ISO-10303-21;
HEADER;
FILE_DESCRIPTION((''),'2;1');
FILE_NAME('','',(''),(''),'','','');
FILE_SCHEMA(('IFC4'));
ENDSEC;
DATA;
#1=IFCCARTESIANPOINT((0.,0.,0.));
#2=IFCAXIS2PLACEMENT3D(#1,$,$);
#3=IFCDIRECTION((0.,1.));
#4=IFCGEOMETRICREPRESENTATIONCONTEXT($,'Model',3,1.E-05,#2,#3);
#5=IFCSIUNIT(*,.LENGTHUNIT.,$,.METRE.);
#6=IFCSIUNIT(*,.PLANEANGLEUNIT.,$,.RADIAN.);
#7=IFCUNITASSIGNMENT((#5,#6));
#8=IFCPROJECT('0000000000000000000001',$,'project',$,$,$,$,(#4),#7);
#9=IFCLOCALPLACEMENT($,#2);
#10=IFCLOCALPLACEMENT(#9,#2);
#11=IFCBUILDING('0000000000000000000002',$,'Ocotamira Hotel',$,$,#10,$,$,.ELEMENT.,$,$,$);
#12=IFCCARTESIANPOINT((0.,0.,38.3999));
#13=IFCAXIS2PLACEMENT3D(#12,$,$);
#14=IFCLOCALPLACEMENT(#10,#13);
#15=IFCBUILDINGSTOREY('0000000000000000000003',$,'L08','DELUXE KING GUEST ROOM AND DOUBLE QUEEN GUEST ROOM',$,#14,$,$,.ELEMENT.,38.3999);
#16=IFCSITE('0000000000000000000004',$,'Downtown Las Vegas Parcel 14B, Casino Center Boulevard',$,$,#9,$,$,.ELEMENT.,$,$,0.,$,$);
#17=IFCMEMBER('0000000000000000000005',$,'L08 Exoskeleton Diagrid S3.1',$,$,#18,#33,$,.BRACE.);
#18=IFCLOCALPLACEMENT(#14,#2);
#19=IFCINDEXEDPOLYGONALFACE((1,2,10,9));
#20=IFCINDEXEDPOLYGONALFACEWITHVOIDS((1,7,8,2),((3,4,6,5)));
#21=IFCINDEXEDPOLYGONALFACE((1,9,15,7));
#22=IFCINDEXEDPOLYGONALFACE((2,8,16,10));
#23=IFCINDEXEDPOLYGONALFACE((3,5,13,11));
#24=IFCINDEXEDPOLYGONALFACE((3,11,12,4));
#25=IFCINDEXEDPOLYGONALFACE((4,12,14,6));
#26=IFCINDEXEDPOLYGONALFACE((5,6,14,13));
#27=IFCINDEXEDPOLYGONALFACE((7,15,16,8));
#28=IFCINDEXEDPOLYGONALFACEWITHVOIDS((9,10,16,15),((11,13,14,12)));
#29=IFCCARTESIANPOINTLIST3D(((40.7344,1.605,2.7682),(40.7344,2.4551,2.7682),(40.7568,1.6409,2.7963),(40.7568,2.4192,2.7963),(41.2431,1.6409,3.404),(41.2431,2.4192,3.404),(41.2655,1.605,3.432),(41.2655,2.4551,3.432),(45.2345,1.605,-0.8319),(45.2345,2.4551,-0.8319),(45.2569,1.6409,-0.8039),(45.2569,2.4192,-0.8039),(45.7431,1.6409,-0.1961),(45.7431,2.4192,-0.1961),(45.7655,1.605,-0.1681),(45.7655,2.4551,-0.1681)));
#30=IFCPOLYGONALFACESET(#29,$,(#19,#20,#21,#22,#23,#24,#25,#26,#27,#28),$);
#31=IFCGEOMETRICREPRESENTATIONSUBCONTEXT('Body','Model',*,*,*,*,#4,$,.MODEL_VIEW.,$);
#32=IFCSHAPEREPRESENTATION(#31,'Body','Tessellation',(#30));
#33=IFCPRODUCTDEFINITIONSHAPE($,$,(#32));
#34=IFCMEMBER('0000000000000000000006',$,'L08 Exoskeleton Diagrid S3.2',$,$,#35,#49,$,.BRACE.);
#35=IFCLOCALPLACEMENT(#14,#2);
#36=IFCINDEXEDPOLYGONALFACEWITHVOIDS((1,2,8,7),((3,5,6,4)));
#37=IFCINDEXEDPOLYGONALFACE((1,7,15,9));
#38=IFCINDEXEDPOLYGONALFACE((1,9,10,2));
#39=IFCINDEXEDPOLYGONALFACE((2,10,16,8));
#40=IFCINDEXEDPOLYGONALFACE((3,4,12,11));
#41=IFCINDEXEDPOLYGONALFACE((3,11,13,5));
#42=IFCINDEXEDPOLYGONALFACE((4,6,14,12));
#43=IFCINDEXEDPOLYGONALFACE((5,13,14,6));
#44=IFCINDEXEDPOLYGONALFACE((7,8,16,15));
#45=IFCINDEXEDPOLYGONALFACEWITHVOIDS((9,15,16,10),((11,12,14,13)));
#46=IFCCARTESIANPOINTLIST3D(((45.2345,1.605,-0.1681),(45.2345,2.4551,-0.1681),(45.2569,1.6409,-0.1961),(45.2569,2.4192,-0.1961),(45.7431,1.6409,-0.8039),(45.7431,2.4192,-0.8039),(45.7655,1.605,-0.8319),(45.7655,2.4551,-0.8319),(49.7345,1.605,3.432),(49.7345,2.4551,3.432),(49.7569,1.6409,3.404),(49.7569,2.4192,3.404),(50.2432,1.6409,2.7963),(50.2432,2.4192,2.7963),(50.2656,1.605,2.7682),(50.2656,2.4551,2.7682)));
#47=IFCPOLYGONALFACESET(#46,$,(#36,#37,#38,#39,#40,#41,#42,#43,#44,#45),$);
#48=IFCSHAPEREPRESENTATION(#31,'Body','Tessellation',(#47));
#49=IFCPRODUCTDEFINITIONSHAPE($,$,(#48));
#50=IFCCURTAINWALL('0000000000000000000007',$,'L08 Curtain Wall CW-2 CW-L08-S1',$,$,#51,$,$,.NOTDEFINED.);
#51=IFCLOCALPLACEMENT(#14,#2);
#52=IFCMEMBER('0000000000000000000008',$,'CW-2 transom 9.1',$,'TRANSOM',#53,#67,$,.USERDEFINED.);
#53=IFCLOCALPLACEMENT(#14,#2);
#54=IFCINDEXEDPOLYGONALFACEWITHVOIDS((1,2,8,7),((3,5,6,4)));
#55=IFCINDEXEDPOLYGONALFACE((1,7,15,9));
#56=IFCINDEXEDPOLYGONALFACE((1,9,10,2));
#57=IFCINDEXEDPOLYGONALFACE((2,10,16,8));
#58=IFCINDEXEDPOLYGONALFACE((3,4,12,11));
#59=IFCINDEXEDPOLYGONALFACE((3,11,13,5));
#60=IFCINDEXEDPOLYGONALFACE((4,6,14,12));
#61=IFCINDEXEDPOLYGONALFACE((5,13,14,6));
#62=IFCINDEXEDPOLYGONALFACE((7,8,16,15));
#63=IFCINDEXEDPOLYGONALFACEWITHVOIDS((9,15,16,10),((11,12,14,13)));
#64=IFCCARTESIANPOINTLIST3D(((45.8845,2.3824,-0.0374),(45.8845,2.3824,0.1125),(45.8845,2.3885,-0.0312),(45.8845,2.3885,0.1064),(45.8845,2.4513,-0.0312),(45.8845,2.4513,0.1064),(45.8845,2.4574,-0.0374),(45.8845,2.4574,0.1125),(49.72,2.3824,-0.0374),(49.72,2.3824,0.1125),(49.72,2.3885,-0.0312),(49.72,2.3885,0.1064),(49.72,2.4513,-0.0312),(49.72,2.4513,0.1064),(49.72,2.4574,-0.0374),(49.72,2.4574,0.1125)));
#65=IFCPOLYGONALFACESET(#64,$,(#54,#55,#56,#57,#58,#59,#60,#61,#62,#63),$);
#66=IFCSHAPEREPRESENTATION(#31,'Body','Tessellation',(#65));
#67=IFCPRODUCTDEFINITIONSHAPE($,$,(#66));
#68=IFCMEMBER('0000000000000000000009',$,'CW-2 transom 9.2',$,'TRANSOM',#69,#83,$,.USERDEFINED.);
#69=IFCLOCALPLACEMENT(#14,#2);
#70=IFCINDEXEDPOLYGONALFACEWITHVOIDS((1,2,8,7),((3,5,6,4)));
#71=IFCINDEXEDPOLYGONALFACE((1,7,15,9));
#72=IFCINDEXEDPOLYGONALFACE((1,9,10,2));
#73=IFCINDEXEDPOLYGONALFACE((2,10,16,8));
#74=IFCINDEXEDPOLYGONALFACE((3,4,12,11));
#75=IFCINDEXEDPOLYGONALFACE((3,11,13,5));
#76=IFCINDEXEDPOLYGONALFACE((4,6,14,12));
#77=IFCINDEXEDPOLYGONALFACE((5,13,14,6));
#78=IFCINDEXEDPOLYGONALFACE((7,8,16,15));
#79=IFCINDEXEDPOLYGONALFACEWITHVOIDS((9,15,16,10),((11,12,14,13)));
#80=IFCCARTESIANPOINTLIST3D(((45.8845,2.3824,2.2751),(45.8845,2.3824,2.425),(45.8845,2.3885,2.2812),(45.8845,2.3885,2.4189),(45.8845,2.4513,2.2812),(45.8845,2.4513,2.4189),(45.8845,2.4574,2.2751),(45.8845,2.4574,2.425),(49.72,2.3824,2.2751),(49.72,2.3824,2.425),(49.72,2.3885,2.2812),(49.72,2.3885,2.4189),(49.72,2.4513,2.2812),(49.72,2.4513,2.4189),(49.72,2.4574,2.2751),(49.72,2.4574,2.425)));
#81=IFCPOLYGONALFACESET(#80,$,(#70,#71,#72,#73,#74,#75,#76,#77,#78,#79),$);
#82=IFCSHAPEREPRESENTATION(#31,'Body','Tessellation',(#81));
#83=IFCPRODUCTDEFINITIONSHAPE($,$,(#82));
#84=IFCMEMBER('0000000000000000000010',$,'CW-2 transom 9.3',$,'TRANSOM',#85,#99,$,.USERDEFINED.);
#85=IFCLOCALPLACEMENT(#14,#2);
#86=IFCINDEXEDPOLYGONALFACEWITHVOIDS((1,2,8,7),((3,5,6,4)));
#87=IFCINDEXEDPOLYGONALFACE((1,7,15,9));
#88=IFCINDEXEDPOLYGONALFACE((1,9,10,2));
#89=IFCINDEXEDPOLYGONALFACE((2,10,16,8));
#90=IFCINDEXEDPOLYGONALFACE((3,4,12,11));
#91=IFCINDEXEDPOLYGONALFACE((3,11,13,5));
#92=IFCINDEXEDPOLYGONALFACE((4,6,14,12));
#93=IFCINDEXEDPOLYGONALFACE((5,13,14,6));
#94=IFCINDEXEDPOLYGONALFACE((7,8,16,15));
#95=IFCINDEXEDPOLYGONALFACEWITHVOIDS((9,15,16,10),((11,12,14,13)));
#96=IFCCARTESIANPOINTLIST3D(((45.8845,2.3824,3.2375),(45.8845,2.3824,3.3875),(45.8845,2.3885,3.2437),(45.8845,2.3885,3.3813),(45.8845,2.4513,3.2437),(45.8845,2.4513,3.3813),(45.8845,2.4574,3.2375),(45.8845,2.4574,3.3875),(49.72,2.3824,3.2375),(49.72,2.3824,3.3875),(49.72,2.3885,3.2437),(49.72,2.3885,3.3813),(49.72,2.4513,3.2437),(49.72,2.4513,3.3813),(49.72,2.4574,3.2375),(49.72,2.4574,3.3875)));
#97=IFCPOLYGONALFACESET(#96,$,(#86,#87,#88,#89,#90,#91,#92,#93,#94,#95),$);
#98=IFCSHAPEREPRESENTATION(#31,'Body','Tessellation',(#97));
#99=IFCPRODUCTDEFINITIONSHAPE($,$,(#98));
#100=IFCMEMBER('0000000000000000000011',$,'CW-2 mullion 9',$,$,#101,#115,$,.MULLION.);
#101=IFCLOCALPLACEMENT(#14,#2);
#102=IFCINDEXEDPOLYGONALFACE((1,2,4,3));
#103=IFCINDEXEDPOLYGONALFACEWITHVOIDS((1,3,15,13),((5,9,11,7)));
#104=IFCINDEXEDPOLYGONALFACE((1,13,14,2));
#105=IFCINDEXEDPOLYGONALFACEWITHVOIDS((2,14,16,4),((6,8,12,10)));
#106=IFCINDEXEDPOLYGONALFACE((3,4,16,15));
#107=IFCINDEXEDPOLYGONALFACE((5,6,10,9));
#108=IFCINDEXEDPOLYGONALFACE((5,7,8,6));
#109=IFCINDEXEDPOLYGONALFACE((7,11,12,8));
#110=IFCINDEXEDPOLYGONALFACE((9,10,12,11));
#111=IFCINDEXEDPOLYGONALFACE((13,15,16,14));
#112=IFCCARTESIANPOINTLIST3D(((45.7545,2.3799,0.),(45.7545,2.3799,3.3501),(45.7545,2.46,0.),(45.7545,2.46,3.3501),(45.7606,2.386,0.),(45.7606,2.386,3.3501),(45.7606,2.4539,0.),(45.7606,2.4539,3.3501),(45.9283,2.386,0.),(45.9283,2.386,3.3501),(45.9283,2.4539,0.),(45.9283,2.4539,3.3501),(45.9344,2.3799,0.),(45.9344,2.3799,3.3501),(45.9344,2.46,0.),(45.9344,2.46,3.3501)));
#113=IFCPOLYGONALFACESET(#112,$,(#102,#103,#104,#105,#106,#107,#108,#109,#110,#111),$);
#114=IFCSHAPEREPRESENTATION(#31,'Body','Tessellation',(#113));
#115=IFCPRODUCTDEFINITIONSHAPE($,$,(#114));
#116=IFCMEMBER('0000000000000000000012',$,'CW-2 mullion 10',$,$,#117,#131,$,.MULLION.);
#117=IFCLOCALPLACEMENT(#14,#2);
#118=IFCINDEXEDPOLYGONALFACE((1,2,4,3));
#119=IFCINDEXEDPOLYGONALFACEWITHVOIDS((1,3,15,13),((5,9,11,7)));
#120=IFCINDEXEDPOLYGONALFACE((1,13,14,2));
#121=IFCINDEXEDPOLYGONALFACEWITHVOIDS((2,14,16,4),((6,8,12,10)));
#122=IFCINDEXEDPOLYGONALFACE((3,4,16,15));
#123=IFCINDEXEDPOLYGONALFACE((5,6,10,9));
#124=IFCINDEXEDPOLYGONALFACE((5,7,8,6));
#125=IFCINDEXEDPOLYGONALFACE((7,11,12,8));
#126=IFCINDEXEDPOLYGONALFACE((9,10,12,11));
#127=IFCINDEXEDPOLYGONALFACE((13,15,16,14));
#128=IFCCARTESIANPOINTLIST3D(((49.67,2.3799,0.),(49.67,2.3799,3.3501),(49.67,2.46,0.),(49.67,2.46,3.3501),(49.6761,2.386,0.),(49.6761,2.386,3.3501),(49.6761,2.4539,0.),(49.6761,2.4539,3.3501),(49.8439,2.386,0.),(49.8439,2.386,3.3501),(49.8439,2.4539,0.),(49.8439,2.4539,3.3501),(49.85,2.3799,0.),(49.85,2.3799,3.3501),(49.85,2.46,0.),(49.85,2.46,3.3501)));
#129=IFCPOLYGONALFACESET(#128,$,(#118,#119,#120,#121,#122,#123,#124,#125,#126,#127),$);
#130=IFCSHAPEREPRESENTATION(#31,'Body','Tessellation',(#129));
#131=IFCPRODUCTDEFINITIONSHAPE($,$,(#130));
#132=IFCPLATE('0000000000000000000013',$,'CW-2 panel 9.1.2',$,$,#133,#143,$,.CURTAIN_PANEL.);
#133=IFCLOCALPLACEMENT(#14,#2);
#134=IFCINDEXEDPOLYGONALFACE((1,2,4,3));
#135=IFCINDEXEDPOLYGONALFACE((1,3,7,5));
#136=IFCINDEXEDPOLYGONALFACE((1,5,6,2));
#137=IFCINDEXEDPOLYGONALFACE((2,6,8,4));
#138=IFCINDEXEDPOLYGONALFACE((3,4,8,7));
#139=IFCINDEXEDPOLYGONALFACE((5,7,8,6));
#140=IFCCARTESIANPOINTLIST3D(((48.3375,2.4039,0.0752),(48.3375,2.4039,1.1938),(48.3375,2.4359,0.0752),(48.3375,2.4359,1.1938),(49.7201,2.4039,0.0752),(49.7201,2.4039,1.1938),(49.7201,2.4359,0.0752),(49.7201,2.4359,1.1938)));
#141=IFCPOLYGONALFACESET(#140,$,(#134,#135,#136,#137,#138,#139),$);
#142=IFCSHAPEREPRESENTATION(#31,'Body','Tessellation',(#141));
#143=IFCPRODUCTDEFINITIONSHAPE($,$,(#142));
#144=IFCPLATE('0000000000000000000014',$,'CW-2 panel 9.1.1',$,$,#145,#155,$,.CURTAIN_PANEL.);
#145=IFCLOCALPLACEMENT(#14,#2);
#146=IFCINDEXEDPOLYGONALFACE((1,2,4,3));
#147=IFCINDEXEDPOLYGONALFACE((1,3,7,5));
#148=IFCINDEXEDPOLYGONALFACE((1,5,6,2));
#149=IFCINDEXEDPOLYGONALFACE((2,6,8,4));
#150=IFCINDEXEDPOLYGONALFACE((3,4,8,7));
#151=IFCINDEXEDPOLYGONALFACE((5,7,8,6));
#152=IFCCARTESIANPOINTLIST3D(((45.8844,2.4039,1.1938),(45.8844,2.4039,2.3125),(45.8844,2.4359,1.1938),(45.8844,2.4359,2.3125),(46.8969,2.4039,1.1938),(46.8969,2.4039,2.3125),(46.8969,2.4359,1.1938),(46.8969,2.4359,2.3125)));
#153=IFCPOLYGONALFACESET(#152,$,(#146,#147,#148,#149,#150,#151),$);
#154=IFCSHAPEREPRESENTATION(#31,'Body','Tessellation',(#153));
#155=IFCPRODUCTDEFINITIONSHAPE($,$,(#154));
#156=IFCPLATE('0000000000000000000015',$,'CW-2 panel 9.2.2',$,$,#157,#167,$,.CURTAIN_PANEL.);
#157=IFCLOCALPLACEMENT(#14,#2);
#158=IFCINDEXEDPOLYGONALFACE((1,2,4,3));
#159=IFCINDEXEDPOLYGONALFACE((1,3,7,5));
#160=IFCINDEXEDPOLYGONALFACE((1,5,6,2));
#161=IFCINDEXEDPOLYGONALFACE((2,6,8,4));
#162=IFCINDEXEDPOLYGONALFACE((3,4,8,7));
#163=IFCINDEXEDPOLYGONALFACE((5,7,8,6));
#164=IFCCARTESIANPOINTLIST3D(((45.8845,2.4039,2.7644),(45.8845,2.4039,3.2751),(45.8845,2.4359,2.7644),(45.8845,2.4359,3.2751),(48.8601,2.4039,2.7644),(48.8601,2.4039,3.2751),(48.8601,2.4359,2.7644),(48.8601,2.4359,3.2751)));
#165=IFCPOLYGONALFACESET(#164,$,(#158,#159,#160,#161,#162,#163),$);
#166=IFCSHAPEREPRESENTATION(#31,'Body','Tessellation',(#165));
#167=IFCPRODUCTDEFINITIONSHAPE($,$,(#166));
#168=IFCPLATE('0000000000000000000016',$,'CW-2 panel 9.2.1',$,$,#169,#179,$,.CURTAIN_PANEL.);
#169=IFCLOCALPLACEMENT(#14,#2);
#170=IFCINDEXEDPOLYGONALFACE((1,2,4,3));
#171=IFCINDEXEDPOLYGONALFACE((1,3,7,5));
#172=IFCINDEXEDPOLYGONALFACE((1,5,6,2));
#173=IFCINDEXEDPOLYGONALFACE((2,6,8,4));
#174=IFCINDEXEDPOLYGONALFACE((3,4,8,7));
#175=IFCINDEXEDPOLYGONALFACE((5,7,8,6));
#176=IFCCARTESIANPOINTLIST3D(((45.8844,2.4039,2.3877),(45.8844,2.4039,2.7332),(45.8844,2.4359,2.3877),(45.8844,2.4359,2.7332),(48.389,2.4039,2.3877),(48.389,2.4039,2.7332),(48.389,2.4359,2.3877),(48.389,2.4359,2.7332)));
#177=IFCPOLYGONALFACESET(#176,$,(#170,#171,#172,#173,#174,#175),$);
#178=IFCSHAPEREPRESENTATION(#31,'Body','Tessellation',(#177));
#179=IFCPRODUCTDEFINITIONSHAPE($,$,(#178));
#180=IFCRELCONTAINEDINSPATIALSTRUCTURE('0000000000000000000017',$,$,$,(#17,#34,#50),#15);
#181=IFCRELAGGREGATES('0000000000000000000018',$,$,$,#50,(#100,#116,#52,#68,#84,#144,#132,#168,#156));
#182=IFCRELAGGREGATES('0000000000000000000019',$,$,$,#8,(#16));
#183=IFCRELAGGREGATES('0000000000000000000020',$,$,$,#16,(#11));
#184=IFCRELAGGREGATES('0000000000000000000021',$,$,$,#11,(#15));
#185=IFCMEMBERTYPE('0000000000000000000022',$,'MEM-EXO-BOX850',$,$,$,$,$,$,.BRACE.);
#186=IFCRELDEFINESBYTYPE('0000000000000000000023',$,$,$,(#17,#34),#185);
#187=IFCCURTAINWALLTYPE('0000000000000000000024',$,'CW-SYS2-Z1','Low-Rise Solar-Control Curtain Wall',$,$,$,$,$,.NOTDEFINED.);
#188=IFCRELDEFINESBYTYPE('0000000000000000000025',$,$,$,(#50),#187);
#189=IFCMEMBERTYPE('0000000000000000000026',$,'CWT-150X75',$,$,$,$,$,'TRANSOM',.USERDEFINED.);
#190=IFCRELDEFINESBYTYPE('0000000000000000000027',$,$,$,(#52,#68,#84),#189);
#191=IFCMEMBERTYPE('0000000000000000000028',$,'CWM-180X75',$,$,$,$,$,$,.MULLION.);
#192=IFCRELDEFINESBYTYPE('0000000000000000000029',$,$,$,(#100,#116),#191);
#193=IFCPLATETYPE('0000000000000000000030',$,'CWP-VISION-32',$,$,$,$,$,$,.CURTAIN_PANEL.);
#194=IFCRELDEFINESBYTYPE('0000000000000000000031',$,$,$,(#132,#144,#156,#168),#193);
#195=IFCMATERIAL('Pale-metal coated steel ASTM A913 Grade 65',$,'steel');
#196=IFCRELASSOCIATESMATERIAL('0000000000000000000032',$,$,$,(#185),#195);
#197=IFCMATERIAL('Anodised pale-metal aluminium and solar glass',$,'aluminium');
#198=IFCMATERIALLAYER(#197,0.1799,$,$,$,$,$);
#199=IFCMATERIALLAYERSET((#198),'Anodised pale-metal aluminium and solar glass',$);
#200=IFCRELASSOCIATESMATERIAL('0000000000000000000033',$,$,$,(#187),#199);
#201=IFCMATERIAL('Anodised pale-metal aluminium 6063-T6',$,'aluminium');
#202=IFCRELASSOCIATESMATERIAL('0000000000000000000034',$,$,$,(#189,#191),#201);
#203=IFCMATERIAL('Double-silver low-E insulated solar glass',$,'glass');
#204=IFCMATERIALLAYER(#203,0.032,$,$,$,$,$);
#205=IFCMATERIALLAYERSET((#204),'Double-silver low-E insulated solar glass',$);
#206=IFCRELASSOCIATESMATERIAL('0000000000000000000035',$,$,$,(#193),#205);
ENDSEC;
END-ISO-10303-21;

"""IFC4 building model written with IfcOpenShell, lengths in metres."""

from ifc_helpers import new_model, si_unit, direction, frame, origin, origin_2d, place, context, subcontext, project, spatial, rectangle, hollow_rectangle, extrude, source, transform, mapped, material, layer, layer_set, material_profile, profile_set, type_object, element, aggregate, save


model = new_model("IFC4")

# Units and contexts
model_context = context("Model", 3, precision=1e-05, world=origin(), true_north=direction((0.0, 1.0)))
body_context = subcontext(model_context, "Body", "Model", "MODEL_VIEW")
ifc_project = project(units=[si_unit("LENGTHUNIT", "METRE"), si_unit("PLANEANGLEUNIT", "RADIAN")], contexts=[model_context])

# Site, building, storey
site_placement = place(None, origin())
site = spatial("IfcSite", under=ifc_project, at=site_placement, Name="Downtown Las Vegas Parcel 14B, Casino Center Boulevard", CompositionType="ELEMENT", RefElevation=0.0)
building_placement = place(site_placement, origin())
building = spatial("IfcBuilding", under=site, at=building_placement, Name="Ocotamira Hotel", CompositionType="ELEMENT")
storey_placement = place(building_placement, frame((0.0, 0.0, 38.3999)))
storey = spatial("IfcBuildingStorey", under=building, at=storey_placement, Name="L08", Description="DELUXE KING GUEST ROOM AND DOUBLE QUEEN GUEST ROOM", CompositionType="ELEMENT", Elevation=38.3999)

# Members
ifc_material_1 = material(Name="Pale-metal coated steel ASTM A913 Grade 65", Category="steel")
ifc_material_profile_1 = material_profile(ifc_material_1, hollow_rectangle(XDim=0.8501, YDim=0.8501, WallThickness=0.0359, at=origin_2d()), Name="BOX850X850X36")
ifc_profile_set_1 = profile_set([ifc_material_profile_1], Name="Pale-metal coated steel ASTM A913 Grade 65")
member_type_1 = type_object("IfcMemberType", Name="MEM-EXO-BOX850", PredefinedType="BRACE", material=ifc_profile_set_1)
shared_shape_1 = source(origin(), body_context, "Body", "SweptSolid", [
    extrude(hollow_rectangle(XDim=0.8501, YDim=0.8501, WallThickness=0.0359, at=origin_2d()), origin(), (0.0, 0.0, 1.0), 5.7629),
])
for number, where, z_axis, x_axis, name in (
    (1, (45.5, 2.03, -0.5), (-0.780861, 0.0, 0.624705), (0.0, -1.0, 0.0), "L08 Exoskeleton Diagrid S3.1"),
    (2, (45.5, 2.03, -0.5), (0.780861, 0.0, 0.624705), (0.0, 1.0, 0.0), "L08 Exoskeleton Diagrid S3.2"),
):
    element("IfcMember", number, at=place(storey_placement, frame(where, z_axis=z_axis, x_axis=x_axis)), inside=storey, type_object=member_type_1, Name=name, PredefinedType="BRACE", context=body_context, shape_type="MappedRepresentation", body=[
        mapped(shared_shape_1, transform((0.0, 0.0, 0.0), scale=1.0)),
    ])

# Curtain wall, members, plates
ifc_material_2 = material(Name="Anodised pale-metal aluminium and solar glass", Category="aluminium")
ifc_layer_1 = layer(ifc_material_2, 0.1799)
ifc_layer_set_1 = layer_set([ifc_layer_1], Name="Anodised pale-metal aluminium and solar glass")
curtain_wall_type = type_object("IfcCurtainWallType", Name="CW-SYS2-Z1", Description="Low-Rise Solar-Control Curtain Wall", PredefinedType="NOTDEFINED", material=ifc_layer_set_1)
curtain_wall_placement = place(storey_placement, origin())
curtain_wall = element("IfcCurtainWall", 3, at=curtain_wall_placement, inside=storey, type_object=curtain_wall_type, Name="L08 Curtain Wall CW-2 CW-L08-S1", PredefinedType="NOTDEFINED")
ifc_material_3 = material(Name="Anodised pale-metal aluminium 6063-T6", Category="aluminium")
ifc_material_profile_2 = material_profile(ifc_material_3, hollow_rectangle(XDim=0.075, YDim=0.1499, WallThickness=0.0061, at=origin_2d()), Name="HSS150X75X6")
ifc_profile_set_2 = profile_set([ifc_material_profile_2], Name="Anodised pale-metal aluminium 6063-T6")
member_type_2 = type_object("IfcMemberType", Name="CWT-150X75", ElementType="TRANSOM", PredefinedType="USERDEFINED", material=ifc_profile_set_2)
shared_shape_2 = source(origin(), body_context, "Body", "SweptSolid", [
    extrude(hollow_rectangle(XDim=0.075, YDim=0.1499, WallThickness=0.0061, at=origin_2d()), origin(), (0.0, 0.0, 1.0), 3.8354),
])
member_1_placement = place(storey_placement, frame((45.8845, 2.4199, 0.0376), z_axis=(1.0, 0.0, 0.0), x_axis=(0.0, 1.0, 0.0)))
member_1 = element("IfcMember", 4, at=member_1_placement, type_object=member_type_2, Name="CW-2 transom 9.1", ObjectType="TRANSOM", PredefinedType="USERDEFINED", context=body_context, shape_type="MappedRepresentation", body=[
    mapped(shared_shape_2, transform((0.0, 0.0, 0.0), scale=1.0)),
])
member_2_placement = place(storey_placement, frame((45.8845, 2.4199, 2.3501), z_axis=(1.0, 0.0, 0.0), x_axis=(0.0, 1.0, 0.0)))
member_2 = element("IfcMember", 5, at=member_2_placement, type_object=member_type_2, Name="CW-2 transom 9.2", ObjectType="TRANSOM", PredefinedType="USERDEFINED", context=body_context, shape_type="MappedRepresentation", body=[
    mapped(shared_shape_2, transform((0.0, 0.0, 0.0), scale=1.0)),
])
member_3_placement = place(storey_placement, frame((45.8845, 2.4199, 3.3125), z_axis=(1.0, 0.0, 0.0), x_axis=(0.0, 1.0, 0.0)))
member_3 = element("IfcMember", 6, at=member_3_placement, type_object=member_type_2, Name="CW-2 transom 9.3", ObjectType="TRANSOM", PredefinedType="USERDEFINED", context=body_context, shape_type="MappedRepresentation", body=[
    mapped(shared_shape_2, transform((0.0, 0.0, 0.0), scale=1.0)),
])
ifc_material_profile_3 = material_profile(ifc_material_3, hollow_rectangle(XDim=0.0801, YDim=0.1799, WallThickness=0.0061, at=origin_2d()), Name="HSS180X80X6")
ifc_profile_set_3 = profile_set([ifc_material_profile_3], Name="Anodised pale-metal aluminium 6063-T6")
member_type_3 = type_object("IfcMemberType", Name="CWM-180X75", PredefinedType="MULLION", material=ifc_profile_set_3)
shared_shape_3 = source(origin(), body_context, "Body", "SweptSolid", [
    extrude(hollow_rectangle(XDim=0.0801, YDim=0.1799, WallThickness=0.0061, at=origin_2d()), origin(), (0.0, 0.0, 1.0), 3.3501),
])
member_4_placement = place(storey_placement, frame((45.8445, 2.4199, 0.0), z_axis=(0.0, 0.0, 1.0), x_axis=(0.0, 1.0, 0.0)))
member_4 = element("IfcMember", 7, at=member_4_placement, type_object=member_type_3, Name="CW-2 mullion 9", PredefinedType="MULLION", context=body_context, shape_type="MappedRepresentation", body=[
    mapped(shared_shape_3, transform((0.0, 0.0, 0.0), scale=1.0)),
])
member_5_placement = place(storey_placement, frame((49.76, 2.4199, 0.0), z_axis=(0.0, 0.0, 1.0), x_axis=(0.0, 1.0, 0.0)))
member_5 = element("IfcMember", 8, at=member_5_placement, type_object=member_type_3, Name="CW-2 mullion 10", PredefinedType="MULLION", context=body_context, shape_type="MappedRepresentation", body=[
    mapped(shared_shape_3, transform((0.0, 0.0, 0.0), scale=1.0)),
])
ifc_material_4 = material(Name="Double-silver low-E insulated solar glass", Category="glass")
ifc_layer_2 = layer(ifc_material_4, 0.032)
ifc_layer_set_2 = layer_set([ifc_layer_2], Name="Double-silver low-E insulated solar glass")
plate_type = type_object("IfcPlateType", Name="CWP-VISION-32", PredefinedType="CURTAIN_PANEL", material=ifc_layer_set_2)
shared_shape_4 = source(origin(), body_context, "Body", "SweptSolid", [
    extrude(rectangle(XDim=1.3826, YDim=0.032, at=origin_2d()), origin(), (0.0, 0.0, 1.0), 1.1187),
])
plate_1_placement = place(storey_placement, frame((49.0288, 2.4199, 0.0752), z_axis=(0.0, 0.0, 1.0), x_axis=(1.0, 0.0, 0.0)))
plate_1 = element("IfcPlate", 9, at=plate_1_placement, type_object=plate_type, Name="CW-2 panel 9.1.2", PredefinedType="CURTAIN_PANEL", context=body_context, shape_type="MappedRepresentation", body=[
    mapped(shared_shape_4, transform((0.0, 0.0, 0.0), scale=1.0)),
])
shared_shape_5 = source(origin(), body_context, "Body", "SweptSolid", [
    extrude(rectangle(XDim=1.0125, YDim=0.032, at=origin_2d()), origin(), (0.0, 0.0, 1.0), 1.1187),
])
plate_2_placement = place(storey_placement, frame((46.3906, 2.4199, 1.1938), z_axis=(0.0, 0.0, 1.0), x_axis=(1.0, 0.0, 0.0)))
plate_2 = element("IfcPlate", 10, at=plate_2_placement, type_object=plate_type, Name="CW-2 panel 9.1.1", PredefinedType="CURTAIN_PANEL", context=body_context, shape_type="MappedRepresentation", body=[
    mapped(shared_shape_5, transform((0.0, 0.0, 0.0), scale=1.0)),
])
shared_shape_6 = source(origin(), body_context, "Body", "SweptSolid", [
    extrude(rectangle(XDim=2.9756, YDim=0.032, at=origin_2d()), origin(), (0.0, 0.0, 1.0), 0.5107),
])
plate_3_placement = place(storey_placement, frame((47.3723, 2.4199, 2.7644), z_axis=(0.0, 0.0, 1.0), x_axis=(1.0, 0.0, 0.0)))
plate_3 = element("IfcPlate", 11, at=plate_3_placement, type_object=plate_type, Name="CW-2 panel 9.2.2", PredefinedType="CURTAIN_PANEL", context=body_context, shape_type="MappedRepresentation", body=[
    mapped(shared_shape_6, transform((0.0, 0.0, 0.0), scale=1.0)),
])
shared_shape_7 = source(origin(), body_context, "Body", "SweptSolid", [
    extrude(rectangle(XDim=2.5046, YDim=0.032, at=origin_2d()), origin(), (0.0, 0.0, 1.0), 0.3455),
])
plate_4_placement = place(storey_placement, frame((47.1367, 2.4199, 2.3877), z_axis=(0.0, 0.0, 1.0), x_axis=(1.0, 0.0, 0.0)))
plate_4 = element("IfcPlate", 12, at=plate_4_placement, type_object=plate_type, Name="CW-2 panel 9.2.1", PredefinedType="CURTAIN_PANEL", context=body_context, shape_type="MappedRepresentation", body=[
    mapped(shared_shape_7, transform((0.0, 0.0, 0.0), scale=1.0)),
])
aggregate(curtain_wall, [member_4, member_5, member_1, member_2, member_3, plate_2, plate_1, plate_4, plate_3])

save(model, "model.ifc")
